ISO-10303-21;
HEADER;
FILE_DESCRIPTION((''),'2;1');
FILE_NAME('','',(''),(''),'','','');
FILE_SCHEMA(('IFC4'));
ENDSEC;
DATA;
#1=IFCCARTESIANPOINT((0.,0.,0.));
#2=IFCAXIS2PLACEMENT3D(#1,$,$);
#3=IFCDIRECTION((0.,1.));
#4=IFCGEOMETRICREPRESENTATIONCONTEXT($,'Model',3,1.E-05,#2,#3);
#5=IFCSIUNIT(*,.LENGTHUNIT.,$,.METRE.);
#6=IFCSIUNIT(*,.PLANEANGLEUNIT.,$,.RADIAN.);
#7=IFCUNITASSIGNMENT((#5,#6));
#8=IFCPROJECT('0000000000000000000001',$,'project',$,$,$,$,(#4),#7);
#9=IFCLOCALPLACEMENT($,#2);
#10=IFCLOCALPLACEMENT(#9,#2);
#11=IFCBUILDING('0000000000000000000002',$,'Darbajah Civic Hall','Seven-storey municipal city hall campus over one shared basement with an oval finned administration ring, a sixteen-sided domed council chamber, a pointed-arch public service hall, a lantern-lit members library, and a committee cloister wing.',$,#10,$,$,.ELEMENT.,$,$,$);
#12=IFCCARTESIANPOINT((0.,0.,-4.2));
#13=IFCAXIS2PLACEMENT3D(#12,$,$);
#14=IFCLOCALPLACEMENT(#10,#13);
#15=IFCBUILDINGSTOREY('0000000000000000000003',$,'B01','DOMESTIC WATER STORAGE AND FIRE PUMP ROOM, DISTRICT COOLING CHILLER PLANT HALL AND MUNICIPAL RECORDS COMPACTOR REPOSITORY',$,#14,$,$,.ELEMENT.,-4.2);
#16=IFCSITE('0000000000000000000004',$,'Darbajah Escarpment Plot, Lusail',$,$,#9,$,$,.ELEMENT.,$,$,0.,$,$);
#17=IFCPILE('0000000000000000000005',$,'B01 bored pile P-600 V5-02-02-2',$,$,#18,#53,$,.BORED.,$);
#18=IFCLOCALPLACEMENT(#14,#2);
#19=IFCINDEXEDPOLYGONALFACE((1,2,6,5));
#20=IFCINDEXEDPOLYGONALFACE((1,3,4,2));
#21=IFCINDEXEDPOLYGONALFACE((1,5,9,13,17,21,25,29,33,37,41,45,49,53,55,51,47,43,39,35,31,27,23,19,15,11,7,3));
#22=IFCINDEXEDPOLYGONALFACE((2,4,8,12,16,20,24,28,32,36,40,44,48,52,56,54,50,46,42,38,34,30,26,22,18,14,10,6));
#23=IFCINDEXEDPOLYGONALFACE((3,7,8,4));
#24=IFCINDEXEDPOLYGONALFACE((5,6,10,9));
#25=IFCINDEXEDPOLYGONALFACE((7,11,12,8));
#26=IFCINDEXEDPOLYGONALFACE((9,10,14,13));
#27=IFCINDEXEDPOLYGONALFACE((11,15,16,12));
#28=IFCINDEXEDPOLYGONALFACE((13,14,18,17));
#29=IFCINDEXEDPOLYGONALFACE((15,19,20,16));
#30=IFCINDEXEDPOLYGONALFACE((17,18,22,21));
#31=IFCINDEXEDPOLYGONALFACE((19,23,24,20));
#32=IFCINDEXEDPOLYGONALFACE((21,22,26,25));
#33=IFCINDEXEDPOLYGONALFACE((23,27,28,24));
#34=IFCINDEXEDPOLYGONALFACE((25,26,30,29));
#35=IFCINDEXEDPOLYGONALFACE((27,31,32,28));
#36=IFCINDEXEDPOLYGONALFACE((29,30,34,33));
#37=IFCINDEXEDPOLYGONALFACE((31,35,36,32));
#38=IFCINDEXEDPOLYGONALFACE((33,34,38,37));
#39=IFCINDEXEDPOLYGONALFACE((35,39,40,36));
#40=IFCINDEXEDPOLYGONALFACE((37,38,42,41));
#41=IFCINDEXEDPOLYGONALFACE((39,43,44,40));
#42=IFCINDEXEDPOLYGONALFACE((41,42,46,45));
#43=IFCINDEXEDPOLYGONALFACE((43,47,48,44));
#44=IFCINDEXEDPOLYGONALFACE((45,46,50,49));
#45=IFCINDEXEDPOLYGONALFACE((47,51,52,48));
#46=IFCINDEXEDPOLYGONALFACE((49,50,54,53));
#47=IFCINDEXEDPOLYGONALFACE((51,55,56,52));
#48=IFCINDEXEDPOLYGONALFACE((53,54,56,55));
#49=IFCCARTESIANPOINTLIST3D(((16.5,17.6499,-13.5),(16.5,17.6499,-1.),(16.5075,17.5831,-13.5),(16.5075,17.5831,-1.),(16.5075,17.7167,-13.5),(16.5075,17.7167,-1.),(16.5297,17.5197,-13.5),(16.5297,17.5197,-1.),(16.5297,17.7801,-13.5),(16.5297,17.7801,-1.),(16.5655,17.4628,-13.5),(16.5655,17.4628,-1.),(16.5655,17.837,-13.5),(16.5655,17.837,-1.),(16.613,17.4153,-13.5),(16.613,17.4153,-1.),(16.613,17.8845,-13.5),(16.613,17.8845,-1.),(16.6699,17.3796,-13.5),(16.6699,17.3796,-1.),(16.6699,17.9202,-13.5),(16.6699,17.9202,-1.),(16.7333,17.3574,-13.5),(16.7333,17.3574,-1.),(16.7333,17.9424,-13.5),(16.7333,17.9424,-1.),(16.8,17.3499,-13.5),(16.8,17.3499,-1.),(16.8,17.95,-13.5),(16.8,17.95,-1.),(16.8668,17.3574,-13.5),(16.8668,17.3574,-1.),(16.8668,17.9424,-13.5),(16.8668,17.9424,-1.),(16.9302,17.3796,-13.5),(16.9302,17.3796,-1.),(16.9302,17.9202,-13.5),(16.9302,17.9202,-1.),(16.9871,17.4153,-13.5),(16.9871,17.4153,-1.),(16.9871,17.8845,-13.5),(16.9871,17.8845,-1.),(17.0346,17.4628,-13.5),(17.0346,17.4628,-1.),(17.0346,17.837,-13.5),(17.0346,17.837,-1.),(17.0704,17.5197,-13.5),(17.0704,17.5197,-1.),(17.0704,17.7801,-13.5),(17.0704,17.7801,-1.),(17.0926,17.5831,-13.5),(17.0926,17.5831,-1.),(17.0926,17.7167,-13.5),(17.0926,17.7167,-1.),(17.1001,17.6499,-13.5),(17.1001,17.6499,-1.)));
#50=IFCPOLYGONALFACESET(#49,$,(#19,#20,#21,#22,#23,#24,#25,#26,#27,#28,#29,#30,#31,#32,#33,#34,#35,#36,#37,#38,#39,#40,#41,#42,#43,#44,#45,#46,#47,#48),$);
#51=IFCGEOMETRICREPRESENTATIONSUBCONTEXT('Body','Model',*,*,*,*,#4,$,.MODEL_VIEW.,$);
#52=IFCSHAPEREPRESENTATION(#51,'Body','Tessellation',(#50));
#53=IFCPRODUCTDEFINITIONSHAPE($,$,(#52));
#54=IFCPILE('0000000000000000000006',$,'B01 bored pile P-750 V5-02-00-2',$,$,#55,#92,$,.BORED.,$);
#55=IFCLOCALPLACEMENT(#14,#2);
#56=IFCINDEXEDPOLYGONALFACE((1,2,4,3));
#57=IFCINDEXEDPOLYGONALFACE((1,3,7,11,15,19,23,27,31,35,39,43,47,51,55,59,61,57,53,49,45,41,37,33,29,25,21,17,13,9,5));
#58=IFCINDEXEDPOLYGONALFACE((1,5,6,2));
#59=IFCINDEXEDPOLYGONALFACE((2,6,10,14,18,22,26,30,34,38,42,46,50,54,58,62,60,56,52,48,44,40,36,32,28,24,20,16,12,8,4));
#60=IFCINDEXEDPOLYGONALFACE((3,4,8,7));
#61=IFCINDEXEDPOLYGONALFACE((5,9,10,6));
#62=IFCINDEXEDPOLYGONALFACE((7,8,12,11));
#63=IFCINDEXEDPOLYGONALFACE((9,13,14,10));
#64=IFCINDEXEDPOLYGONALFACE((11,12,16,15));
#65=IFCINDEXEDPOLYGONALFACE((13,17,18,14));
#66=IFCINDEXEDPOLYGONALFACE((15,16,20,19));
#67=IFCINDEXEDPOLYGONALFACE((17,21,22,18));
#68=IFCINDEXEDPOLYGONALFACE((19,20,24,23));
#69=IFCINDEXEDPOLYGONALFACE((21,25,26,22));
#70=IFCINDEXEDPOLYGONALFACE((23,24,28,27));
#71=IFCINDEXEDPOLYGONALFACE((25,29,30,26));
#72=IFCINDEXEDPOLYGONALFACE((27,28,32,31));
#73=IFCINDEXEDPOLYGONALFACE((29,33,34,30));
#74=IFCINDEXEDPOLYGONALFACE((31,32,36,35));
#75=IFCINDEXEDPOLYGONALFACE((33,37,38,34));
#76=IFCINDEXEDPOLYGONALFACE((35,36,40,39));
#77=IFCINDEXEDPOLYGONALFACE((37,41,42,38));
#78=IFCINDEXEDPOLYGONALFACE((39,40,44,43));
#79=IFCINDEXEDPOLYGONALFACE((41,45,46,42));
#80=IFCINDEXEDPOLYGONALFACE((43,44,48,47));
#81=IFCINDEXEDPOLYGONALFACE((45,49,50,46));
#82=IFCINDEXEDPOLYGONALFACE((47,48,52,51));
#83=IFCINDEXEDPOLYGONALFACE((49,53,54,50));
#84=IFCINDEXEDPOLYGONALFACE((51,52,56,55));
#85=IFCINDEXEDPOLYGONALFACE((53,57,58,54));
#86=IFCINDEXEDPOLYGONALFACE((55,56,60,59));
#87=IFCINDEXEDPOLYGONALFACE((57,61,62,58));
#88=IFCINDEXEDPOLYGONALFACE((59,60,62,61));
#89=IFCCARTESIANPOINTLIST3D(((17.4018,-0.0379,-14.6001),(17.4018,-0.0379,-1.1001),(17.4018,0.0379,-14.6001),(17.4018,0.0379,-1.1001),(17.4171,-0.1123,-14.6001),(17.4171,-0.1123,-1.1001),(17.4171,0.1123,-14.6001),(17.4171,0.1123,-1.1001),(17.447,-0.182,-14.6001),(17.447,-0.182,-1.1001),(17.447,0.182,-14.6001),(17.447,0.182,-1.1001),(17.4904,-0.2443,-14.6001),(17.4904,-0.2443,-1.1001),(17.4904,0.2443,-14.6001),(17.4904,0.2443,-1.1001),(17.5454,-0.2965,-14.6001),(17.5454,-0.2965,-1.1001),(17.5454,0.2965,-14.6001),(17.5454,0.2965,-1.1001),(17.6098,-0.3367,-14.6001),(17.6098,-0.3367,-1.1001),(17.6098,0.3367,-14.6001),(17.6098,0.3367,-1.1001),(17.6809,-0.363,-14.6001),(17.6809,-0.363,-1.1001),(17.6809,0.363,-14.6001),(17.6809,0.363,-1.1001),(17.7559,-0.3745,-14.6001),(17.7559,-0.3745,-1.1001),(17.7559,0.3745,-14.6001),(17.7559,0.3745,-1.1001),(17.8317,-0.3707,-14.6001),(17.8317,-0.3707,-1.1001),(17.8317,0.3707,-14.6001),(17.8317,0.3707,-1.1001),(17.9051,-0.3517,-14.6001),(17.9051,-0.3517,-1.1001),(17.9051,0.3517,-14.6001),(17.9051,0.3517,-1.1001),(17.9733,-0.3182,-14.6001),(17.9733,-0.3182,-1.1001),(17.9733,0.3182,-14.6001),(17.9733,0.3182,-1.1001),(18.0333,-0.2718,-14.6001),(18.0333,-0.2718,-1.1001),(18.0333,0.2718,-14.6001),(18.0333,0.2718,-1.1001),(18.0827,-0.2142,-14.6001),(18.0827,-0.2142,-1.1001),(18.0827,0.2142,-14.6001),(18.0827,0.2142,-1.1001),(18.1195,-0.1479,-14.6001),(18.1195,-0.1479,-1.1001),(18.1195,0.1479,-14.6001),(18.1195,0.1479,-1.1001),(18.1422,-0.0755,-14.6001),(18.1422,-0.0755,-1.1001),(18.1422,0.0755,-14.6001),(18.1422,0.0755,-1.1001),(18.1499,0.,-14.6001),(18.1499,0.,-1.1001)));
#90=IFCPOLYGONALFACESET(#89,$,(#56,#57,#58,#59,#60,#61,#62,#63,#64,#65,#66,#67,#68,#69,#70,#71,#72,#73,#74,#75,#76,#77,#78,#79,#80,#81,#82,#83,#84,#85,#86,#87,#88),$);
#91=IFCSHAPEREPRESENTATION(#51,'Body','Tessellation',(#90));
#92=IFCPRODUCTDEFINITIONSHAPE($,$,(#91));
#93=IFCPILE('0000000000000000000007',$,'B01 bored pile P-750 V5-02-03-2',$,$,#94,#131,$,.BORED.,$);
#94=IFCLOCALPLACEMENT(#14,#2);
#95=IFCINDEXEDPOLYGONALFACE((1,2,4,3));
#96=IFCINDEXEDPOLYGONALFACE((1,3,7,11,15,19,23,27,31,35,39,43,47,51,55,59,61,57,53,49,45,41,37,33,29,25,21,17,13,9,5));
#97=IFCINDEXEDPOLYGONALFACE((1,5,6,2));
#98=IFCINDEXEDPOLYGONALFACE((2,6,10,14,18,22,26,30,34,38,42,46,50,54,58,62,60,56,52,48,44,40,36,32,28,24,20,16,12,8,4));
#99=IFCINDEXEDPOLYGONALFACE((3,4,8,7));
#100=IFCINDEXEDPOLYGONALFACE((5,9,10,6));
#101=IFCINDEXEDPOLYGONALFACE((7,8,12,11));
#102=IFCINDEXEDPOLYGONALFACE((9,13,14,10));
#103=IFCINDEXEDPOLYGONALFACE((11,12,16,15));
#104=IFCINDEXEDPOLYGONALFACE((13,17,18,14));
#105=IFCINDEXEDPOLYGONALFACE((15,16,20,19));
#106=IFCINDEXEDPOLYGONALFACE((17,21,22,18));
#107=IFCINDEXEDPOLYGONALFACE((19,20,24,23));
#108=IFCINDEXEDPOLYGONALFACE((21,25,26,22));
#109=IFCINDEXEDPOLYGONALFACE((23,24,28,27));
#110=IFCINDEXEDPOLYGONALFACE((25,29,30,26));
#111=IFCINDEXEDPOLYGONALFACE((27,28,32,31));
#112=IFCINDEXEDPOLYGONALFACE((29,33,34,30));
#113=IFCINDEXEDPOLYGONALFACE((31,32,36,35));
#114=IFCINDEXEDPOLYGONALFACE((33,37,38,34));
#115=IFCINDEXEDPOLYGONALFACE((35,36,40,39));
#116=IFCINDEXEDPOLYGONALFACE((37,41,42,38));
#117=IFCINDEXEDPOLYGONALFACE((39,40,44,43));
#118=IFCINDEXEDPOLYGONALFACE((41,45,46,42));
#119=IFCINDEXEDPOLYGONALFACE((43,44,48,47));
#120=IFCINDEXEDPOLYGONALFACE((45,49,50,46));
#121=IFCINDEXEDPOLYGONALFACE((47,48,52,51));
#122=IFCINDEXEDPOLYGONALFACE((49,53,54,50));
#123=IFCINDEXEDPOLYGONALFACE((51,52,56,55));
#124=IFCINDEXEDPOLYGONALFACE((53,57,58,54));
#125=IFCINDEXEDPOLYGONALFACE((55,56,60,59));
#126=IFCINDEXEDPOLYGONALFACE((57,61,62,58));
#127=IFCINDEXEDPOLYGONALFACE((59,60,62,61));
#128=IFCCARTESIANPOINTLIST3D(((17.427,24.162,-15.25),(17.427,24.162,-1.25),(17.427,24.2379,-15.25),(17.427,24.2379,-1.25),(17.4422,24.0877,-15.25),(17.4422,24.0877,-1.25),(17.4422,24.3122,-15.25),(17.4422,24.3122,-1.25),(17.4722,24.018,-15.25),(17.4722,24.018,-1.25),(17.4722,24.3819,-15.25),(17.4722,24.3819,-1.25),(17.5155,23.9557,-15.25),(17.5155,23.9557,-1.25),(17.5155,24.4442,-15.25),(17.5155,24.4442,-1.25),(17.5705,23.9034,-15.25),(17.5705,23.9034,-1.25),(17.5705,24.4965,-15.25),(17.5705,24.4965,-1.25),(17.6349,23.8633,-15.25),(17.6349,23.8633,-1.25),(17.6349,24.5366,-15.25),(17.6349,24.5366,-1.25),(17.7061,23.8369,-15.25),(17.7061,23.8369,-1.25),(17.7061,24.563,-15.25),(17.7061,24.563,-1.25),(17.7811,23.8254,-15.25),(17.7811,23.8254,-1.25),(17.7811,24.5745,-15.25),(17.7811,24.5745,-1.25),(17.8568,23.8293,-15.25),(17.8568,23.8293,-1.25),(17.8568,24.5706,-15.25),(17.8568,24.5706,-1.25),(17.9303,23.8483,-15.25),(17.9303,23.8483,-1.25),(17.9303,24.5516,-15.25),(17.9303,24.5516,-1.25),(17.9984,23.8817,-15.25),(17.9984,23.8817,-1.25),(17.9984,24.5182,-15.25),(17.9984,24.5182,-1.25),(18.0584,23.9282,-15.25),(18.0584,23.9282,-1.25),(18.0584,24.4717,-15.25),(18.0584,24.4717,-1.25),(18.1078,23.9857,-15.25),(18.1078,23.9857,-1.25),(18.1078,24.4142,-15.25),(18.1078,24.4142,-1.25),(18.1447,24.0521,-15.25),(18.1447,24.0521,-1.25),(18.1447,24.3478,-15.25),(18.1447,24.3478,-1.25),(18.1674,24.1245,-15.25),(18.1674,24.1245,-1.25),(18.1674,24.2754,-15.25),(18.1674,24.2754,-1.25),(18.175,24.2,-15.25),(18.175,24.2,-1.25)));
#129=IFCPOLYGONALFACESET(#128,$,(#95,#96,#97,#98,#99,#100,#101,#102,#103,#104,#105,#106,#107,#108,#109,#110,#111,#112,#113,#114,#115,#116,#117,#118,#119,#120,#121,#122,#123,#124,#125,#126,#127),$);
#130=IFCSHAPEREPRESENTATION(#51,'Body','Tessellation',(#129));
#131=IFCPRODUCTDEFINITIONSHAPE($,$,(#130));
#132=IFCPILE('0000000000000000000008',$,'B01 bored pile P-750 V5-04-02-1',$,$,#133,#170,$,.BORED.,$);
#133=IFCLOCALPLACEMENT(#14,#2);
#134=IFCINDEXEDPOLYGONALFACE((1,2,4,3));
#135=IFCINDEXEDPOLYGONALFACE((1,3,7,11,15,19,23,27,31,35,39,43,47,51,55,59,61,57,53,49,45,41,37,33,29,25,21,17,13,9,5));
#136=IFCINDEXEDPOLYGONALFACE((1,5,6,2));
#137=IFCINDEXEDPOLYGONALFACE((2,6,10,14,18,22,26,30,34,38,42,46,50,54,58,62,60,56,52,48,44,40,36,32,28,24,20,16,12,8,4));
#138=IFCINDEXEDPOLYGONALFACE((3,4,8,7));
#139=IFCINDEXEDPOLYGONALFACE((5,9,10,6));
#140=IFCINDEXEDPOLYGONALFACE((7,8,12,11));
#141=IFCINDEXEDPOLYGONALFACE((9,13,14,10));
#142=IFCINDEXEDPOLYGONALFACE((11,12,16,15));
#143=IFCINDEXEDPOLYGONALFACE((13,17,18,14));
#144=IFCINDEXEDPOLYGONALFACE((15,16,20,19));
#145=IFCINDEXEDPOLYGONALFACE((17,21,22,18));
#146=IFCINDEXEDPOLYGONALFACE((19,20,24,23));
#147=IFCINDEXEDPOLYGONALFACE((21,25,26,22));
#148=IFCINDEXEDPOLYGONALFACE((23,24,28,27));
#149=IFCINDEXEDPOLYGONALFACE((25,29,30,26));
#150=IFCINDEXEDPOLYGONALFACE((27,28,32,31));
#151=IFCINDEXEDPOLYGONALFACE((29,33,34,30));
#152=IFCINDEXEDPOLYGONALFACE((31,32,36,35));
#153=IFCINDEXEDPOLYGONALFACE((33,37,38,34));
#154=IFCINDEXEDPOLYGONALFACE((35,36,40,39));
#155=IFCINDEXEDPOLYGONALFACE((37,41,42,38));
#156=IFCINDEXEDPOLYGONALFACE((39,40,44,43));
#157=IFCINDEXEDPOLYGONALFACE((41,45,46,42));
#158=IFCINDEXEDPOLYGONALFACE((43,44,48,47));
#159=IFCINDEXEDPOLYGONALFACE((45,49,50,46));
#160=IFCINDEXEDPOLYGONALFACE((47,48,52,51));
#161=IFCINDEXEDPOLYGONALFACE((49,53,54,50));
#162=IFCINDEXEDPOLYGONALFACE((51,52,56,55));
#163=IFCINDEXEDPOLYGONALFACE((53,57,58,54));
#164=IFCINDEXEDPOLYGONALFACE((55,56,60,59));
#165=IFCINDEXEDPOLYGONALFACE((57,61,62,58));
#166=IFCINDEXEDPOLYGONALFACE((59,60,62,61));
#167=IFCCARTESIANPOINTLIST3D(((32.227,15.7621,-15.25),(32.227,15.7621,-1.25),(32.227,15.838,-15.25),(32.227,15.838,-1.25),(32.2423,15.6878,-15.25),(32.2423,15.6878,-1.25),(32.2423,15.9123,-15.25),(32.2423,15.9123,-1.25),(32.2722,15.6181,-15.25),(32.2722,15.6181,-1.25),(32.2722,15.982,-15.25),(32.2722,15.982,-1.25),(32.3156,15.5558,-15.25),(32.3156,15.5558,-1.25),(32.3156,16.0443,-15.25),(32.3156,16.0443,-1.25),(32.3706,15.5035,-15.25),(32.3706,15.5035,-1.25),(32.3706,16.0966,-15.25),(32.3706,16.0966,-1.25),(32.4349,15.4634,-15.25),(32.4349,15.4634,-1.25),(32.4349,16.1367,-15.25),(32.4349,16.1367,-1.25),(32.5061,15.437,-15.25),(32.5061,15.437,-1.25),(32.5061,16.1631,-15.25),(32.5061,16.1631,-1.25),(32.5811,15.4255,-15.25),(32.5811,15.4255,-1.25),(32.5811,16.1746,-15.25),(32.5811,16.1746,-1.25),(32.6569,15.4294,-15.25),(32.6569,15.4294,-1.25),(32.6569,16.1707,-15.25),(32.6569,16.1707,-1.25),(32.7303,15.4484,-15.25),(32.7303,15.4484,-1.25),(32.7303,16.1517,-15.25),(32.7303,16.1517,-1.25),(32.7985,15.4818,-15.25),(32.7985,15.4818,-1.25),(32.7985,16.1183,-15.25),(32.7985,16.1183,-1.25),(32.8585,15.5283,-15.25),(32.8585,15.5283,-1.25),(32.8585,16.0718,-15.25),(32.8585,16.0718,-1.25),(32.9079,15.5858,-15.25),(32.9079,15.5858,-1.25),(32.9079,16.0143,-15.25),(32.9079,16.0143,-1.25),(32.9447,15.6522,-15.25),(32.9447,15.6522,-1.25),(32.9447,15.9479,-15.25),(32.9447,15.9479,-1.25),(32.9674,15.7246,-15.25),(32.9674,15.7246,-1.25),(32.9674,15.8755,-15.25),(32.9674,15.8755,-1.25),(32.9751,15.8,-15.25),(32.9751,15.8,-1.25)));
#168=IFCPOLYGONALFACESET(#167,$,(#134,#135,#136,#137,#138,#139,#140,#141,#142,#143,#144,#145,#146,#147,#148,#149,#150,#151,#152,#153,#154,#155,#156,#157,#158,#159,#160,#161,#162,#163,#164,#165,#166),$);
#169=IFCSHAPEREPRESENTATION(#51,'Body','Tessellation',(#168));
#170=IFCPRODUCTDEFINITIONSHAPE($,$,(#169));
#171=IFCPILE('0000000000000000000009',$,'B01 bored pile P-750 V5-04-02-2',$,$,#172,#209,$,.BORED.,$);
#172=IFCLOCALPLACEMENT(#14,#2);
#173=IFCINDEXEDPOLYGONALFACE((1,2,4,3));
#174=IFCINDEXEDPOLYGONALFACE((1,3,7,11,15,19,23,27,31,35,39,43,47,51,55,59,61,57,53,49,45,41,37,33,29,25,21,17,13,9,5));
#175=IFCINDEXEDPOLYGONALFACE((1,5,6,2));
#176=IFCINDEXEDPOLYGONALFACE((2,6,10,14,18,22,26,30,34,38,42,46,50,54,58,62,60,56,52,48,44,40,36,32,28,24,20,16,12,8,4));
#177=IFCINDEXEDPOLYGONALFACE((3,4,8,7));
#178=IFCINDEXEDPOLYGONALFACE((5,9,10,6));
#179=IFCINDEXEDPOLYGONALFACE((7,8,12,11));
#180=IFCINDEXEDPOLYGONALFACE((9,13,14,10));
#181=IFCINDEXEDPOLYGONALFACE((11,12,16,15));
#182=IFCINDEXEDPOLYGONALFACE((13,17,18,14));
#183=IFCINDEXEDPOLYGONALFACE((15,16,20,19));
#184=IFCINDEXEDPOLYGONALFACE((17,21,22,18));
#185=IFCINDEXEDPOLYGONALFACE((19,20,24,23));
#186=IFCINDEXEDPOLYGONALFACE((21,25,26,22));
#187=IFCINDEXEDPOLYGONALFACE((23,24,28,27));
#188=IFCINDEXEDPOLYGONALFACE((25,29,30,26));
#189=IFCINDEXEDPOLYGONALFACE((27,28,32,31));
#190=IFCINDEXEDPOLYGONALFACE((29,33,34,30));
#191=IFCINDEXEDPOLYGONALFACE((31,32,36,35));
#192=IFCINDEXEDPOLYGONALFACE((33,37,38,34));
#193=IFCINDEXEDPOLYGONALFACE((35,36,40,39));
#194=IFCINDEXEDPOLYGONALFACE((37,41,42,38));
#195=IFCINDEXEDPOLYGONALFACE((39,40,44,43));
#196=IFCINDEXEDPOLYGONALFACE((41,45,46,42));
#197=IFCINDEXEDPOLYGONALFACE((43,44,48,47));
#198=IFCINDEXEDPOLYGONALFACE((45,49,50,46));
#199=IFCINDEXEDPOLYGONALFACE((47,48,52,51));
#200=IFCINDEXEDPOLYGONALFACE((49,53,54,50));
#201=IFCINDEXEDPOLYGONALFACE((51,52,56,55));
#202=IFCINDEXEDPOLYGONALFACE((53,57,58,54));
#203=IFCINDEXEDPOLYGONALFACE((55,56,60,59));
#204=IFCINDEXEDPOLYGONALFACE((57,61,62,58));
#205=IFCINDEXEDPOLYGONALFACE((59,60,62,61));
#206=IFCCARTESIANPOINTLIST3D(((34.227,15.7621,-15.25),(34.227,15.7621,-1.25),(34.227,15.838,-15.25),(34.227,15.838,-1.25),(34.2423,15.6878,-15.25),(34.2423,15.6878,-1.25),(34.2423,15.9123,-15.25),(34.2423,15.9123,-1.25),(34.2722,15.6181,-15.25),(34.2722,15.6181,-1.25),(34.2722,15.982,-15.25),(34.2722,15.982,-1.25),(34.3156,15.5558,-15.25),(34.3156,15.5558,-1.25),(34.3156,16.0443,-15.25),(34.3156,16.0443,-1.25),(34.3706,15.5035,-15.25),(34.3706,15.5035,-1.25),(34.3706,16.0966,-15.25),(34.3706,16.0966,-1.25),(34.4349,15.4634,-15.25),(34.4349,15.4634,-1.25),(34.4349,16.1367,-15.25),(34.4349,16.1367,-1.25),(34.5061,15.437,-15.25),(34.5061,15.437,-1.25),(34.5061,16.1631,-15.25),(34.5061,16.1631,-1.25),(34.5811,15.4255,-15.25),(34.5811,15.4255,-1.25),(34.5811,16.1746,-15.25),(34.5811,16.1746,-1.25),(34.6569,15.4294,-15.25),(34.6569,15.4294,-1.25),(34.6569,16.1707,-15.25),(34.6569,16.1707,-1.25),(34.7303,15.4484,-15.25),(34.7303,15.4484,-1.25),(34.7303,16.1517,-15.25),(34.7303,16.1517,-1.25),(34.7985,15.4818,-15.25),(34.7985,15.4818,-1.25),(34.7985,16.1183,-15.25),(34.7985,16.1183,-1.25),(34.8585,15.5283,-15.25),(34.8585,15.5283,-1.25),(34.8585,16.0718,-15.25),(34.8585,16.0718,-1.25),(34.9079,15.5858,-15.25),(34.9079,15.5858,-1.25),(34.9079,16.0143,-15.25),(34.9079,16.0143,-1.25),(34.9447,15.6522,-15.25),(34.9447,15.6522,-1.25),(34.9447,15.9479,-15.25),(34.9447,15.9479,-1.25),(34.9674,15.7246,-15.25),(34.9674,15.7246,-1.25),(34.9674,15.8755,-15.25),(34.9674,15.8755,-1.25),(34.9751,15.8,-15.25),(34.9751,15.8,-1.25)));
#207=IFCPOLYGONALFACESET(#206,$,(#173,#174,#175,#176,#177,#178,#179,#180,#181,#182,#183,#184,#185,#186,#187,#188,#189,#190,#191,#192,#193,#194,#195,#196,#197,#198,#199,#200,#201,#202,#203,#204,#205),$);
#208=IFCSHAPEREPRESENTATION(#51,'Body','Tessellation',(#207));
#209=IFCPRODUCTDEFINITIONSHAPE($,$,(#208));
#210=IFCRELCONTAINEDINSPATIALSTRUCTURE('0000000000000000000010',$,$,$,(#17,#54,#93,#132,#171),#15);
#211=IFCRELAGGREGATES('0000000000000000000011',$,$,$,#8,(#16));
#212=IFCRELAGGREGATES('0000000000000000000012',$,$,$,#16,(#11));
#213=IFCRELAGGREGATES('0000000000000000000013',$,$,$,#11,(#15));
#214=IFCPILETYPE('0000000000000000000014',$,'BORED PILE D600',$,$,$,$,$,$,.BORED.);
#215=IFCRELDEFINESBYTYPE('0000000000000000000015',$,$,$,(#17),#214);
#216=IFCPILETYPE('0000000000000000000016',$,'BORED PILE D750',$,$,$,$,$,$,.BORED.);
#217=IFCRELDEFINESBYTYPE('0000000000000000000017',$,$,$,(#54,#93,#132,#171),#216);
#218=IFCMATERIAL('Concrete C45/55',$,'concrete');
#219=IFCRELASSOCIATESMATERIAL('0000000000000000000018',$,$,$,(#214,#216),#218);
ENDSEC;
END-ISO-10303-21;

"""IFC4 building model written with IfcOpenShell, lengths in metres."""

from ifc_helpers import new_model, si_unit, direction, frame, origin, origin_2d, place, context, subcontext, project, spatial, circle, extrude, material, material_profile, profile_set, type_object, element, save


model = new_model("IFC4")

# Units and contexts
model_context = context("Model", 3, precision=1e-05, world=origin(), true_north=direction((0.0, 1.0)))
body_context = subcontext(model_context, "Body", "Model", "MODEL_VIEW")
ifc_project = project(units=[si_unit("LENGTHUNIT", "METRE"), si_unit("PLANEANGLEUNIT", "RADIAN")], contexts=[model_context])

# Site, building, storey
site_placement = place(None, origin())
site = spatial("IfcSite", under=ifc_project, at=site_placement, Name="Darbajah Escarpment Plot, Lusail", CompositionType="ELEMENT", RefElevation=0.0)
building_placement = place(site_placement, origin())
building = spatial("IfcBuilding", under=site, at=building_placement, Name="Darbajah Civic Hall", Description="Seven-storey municipal city hall campus over one shared basement with an oval finned administration ring, a sixteen-sided domed council chamber, a pointed-arch public service hall, a lantern-lit members library, and a committee cloister wing.", CompositionType="ELEMENT")
storey_placement = place(building_placement, frame((0.0, 0.0, -4.2)))
storey = spatial("IfcBuildingStorey", under=building, at=storey_placement, Name="B01", Description="DOMESTIC WATER STORAGE AND FIRE PUMP ROOM, DISTRICT COOLING CHILLER PLANT HALL AND MUNICIPAL RECORDS COMPACTOR REPOSITORY", CompositionType="ELEMENT", Elevation=-4.2)

# Piles
ifc_material_1 = material(Name="Concrete C45/55", Category="concrete")
ifc_material_profile_1 = material_profile(ifc_material_1, circle(Radius=0.3, at=origin_2d()), Name="BORED PILE D600")
ifc_profile_set_1 = profile_set([ifc_material_profile_1], Name="Concrete C45/55")
pile_type_1 = type_object("IfcPileType", Name="BORED PILE D600", PredefinedType="BORED", material=ifc_profile_set_1)
pile_1_placement = place(storey_placement, frame((16.8, 17.6499, -1.0), z_axis=(0.0, 0.0, -1.0), x_axis=(1.0, 0.0, 0.0)))
element("IfcPile", 1, at=pile_1_placement, inside=storey, type_object=pile_type_1, Name="B01 bored pile P-600 V5-02-02-2", PredefinedType="BORED", context=body_context, shape_type="SweptSolid", body=[
    extrude(circle(Radius=0.3, at=origin_2d()), origin(), (0.0, 0.0, 1.0), 12.5),
])
ifc_material_profile_2 = material_profile(ifc_material_1, circle(Radius=0.375, at=origin_2d()), Name="BORED PILE D750")
ifc_profile_set_2 = profile_set([ifc_material_profile_2], Name="Concrete C45/55")
pile_type_2 = type_object("IfcPileType", Name="BORED PILE D750", PredefinedType="BORED", material=ifc_profile_set_2)
pile_2_placement = place(storey_placement, frame((17.7749, 0.0, -1.1001), z_axis=(0.0, 0.0, -1.0), x_axis=(1.0, 0.0, 0.0)))
element("IfcPile", 2, at=pile_2_placement, inside=storey, type_object=pile_type_2, Name="B01 bored pile P-750 V5-02-00-2", PredefinedType="BORED", context=body_context, shape_type="SweptSolid", body=[
    extrude(circle(Radius=0.375, at=origin_2d()), origin(), (0.0, 0.0, 1.0), 13.5),
])
for number, where, z_axis, x_axis, name in (
    (3, (17.8, 24.2, -1.25), (0.0, 0.0, -1.0), (1.0, 0.0, 0.0), "B01 bored pile P-750 V5-02-03-2"),
    (4, (32.6001, 15.8, -1.25), (0.0, 0.0, -1.0), (1.0, 0.0, 0.0), "B01 bored pile P-750 V5-04-02-1"),
    (5, (34.6001, 15.8, -1.25), (0.0, 0.0, -1.0), (1.0, 0.0, 0.0), "B01 bored pile P-750 V5-04-02-2"),
):
    element("IfcPile", number, at=place(storey_placement, frame(where, z_axis=z_axis, x_axis=x_axis)), inside=storey, type_object=pile_type_2, Name=name, PredefinedType="BORED", context=body_context, shape_type="SweptSolid", body=[
        extrude(circle(Radius=0.375, at=origin_2d()), origin(), (0.0, 0.0, 1.0), 14.0),
    ])

save(model, "model.ifc")
